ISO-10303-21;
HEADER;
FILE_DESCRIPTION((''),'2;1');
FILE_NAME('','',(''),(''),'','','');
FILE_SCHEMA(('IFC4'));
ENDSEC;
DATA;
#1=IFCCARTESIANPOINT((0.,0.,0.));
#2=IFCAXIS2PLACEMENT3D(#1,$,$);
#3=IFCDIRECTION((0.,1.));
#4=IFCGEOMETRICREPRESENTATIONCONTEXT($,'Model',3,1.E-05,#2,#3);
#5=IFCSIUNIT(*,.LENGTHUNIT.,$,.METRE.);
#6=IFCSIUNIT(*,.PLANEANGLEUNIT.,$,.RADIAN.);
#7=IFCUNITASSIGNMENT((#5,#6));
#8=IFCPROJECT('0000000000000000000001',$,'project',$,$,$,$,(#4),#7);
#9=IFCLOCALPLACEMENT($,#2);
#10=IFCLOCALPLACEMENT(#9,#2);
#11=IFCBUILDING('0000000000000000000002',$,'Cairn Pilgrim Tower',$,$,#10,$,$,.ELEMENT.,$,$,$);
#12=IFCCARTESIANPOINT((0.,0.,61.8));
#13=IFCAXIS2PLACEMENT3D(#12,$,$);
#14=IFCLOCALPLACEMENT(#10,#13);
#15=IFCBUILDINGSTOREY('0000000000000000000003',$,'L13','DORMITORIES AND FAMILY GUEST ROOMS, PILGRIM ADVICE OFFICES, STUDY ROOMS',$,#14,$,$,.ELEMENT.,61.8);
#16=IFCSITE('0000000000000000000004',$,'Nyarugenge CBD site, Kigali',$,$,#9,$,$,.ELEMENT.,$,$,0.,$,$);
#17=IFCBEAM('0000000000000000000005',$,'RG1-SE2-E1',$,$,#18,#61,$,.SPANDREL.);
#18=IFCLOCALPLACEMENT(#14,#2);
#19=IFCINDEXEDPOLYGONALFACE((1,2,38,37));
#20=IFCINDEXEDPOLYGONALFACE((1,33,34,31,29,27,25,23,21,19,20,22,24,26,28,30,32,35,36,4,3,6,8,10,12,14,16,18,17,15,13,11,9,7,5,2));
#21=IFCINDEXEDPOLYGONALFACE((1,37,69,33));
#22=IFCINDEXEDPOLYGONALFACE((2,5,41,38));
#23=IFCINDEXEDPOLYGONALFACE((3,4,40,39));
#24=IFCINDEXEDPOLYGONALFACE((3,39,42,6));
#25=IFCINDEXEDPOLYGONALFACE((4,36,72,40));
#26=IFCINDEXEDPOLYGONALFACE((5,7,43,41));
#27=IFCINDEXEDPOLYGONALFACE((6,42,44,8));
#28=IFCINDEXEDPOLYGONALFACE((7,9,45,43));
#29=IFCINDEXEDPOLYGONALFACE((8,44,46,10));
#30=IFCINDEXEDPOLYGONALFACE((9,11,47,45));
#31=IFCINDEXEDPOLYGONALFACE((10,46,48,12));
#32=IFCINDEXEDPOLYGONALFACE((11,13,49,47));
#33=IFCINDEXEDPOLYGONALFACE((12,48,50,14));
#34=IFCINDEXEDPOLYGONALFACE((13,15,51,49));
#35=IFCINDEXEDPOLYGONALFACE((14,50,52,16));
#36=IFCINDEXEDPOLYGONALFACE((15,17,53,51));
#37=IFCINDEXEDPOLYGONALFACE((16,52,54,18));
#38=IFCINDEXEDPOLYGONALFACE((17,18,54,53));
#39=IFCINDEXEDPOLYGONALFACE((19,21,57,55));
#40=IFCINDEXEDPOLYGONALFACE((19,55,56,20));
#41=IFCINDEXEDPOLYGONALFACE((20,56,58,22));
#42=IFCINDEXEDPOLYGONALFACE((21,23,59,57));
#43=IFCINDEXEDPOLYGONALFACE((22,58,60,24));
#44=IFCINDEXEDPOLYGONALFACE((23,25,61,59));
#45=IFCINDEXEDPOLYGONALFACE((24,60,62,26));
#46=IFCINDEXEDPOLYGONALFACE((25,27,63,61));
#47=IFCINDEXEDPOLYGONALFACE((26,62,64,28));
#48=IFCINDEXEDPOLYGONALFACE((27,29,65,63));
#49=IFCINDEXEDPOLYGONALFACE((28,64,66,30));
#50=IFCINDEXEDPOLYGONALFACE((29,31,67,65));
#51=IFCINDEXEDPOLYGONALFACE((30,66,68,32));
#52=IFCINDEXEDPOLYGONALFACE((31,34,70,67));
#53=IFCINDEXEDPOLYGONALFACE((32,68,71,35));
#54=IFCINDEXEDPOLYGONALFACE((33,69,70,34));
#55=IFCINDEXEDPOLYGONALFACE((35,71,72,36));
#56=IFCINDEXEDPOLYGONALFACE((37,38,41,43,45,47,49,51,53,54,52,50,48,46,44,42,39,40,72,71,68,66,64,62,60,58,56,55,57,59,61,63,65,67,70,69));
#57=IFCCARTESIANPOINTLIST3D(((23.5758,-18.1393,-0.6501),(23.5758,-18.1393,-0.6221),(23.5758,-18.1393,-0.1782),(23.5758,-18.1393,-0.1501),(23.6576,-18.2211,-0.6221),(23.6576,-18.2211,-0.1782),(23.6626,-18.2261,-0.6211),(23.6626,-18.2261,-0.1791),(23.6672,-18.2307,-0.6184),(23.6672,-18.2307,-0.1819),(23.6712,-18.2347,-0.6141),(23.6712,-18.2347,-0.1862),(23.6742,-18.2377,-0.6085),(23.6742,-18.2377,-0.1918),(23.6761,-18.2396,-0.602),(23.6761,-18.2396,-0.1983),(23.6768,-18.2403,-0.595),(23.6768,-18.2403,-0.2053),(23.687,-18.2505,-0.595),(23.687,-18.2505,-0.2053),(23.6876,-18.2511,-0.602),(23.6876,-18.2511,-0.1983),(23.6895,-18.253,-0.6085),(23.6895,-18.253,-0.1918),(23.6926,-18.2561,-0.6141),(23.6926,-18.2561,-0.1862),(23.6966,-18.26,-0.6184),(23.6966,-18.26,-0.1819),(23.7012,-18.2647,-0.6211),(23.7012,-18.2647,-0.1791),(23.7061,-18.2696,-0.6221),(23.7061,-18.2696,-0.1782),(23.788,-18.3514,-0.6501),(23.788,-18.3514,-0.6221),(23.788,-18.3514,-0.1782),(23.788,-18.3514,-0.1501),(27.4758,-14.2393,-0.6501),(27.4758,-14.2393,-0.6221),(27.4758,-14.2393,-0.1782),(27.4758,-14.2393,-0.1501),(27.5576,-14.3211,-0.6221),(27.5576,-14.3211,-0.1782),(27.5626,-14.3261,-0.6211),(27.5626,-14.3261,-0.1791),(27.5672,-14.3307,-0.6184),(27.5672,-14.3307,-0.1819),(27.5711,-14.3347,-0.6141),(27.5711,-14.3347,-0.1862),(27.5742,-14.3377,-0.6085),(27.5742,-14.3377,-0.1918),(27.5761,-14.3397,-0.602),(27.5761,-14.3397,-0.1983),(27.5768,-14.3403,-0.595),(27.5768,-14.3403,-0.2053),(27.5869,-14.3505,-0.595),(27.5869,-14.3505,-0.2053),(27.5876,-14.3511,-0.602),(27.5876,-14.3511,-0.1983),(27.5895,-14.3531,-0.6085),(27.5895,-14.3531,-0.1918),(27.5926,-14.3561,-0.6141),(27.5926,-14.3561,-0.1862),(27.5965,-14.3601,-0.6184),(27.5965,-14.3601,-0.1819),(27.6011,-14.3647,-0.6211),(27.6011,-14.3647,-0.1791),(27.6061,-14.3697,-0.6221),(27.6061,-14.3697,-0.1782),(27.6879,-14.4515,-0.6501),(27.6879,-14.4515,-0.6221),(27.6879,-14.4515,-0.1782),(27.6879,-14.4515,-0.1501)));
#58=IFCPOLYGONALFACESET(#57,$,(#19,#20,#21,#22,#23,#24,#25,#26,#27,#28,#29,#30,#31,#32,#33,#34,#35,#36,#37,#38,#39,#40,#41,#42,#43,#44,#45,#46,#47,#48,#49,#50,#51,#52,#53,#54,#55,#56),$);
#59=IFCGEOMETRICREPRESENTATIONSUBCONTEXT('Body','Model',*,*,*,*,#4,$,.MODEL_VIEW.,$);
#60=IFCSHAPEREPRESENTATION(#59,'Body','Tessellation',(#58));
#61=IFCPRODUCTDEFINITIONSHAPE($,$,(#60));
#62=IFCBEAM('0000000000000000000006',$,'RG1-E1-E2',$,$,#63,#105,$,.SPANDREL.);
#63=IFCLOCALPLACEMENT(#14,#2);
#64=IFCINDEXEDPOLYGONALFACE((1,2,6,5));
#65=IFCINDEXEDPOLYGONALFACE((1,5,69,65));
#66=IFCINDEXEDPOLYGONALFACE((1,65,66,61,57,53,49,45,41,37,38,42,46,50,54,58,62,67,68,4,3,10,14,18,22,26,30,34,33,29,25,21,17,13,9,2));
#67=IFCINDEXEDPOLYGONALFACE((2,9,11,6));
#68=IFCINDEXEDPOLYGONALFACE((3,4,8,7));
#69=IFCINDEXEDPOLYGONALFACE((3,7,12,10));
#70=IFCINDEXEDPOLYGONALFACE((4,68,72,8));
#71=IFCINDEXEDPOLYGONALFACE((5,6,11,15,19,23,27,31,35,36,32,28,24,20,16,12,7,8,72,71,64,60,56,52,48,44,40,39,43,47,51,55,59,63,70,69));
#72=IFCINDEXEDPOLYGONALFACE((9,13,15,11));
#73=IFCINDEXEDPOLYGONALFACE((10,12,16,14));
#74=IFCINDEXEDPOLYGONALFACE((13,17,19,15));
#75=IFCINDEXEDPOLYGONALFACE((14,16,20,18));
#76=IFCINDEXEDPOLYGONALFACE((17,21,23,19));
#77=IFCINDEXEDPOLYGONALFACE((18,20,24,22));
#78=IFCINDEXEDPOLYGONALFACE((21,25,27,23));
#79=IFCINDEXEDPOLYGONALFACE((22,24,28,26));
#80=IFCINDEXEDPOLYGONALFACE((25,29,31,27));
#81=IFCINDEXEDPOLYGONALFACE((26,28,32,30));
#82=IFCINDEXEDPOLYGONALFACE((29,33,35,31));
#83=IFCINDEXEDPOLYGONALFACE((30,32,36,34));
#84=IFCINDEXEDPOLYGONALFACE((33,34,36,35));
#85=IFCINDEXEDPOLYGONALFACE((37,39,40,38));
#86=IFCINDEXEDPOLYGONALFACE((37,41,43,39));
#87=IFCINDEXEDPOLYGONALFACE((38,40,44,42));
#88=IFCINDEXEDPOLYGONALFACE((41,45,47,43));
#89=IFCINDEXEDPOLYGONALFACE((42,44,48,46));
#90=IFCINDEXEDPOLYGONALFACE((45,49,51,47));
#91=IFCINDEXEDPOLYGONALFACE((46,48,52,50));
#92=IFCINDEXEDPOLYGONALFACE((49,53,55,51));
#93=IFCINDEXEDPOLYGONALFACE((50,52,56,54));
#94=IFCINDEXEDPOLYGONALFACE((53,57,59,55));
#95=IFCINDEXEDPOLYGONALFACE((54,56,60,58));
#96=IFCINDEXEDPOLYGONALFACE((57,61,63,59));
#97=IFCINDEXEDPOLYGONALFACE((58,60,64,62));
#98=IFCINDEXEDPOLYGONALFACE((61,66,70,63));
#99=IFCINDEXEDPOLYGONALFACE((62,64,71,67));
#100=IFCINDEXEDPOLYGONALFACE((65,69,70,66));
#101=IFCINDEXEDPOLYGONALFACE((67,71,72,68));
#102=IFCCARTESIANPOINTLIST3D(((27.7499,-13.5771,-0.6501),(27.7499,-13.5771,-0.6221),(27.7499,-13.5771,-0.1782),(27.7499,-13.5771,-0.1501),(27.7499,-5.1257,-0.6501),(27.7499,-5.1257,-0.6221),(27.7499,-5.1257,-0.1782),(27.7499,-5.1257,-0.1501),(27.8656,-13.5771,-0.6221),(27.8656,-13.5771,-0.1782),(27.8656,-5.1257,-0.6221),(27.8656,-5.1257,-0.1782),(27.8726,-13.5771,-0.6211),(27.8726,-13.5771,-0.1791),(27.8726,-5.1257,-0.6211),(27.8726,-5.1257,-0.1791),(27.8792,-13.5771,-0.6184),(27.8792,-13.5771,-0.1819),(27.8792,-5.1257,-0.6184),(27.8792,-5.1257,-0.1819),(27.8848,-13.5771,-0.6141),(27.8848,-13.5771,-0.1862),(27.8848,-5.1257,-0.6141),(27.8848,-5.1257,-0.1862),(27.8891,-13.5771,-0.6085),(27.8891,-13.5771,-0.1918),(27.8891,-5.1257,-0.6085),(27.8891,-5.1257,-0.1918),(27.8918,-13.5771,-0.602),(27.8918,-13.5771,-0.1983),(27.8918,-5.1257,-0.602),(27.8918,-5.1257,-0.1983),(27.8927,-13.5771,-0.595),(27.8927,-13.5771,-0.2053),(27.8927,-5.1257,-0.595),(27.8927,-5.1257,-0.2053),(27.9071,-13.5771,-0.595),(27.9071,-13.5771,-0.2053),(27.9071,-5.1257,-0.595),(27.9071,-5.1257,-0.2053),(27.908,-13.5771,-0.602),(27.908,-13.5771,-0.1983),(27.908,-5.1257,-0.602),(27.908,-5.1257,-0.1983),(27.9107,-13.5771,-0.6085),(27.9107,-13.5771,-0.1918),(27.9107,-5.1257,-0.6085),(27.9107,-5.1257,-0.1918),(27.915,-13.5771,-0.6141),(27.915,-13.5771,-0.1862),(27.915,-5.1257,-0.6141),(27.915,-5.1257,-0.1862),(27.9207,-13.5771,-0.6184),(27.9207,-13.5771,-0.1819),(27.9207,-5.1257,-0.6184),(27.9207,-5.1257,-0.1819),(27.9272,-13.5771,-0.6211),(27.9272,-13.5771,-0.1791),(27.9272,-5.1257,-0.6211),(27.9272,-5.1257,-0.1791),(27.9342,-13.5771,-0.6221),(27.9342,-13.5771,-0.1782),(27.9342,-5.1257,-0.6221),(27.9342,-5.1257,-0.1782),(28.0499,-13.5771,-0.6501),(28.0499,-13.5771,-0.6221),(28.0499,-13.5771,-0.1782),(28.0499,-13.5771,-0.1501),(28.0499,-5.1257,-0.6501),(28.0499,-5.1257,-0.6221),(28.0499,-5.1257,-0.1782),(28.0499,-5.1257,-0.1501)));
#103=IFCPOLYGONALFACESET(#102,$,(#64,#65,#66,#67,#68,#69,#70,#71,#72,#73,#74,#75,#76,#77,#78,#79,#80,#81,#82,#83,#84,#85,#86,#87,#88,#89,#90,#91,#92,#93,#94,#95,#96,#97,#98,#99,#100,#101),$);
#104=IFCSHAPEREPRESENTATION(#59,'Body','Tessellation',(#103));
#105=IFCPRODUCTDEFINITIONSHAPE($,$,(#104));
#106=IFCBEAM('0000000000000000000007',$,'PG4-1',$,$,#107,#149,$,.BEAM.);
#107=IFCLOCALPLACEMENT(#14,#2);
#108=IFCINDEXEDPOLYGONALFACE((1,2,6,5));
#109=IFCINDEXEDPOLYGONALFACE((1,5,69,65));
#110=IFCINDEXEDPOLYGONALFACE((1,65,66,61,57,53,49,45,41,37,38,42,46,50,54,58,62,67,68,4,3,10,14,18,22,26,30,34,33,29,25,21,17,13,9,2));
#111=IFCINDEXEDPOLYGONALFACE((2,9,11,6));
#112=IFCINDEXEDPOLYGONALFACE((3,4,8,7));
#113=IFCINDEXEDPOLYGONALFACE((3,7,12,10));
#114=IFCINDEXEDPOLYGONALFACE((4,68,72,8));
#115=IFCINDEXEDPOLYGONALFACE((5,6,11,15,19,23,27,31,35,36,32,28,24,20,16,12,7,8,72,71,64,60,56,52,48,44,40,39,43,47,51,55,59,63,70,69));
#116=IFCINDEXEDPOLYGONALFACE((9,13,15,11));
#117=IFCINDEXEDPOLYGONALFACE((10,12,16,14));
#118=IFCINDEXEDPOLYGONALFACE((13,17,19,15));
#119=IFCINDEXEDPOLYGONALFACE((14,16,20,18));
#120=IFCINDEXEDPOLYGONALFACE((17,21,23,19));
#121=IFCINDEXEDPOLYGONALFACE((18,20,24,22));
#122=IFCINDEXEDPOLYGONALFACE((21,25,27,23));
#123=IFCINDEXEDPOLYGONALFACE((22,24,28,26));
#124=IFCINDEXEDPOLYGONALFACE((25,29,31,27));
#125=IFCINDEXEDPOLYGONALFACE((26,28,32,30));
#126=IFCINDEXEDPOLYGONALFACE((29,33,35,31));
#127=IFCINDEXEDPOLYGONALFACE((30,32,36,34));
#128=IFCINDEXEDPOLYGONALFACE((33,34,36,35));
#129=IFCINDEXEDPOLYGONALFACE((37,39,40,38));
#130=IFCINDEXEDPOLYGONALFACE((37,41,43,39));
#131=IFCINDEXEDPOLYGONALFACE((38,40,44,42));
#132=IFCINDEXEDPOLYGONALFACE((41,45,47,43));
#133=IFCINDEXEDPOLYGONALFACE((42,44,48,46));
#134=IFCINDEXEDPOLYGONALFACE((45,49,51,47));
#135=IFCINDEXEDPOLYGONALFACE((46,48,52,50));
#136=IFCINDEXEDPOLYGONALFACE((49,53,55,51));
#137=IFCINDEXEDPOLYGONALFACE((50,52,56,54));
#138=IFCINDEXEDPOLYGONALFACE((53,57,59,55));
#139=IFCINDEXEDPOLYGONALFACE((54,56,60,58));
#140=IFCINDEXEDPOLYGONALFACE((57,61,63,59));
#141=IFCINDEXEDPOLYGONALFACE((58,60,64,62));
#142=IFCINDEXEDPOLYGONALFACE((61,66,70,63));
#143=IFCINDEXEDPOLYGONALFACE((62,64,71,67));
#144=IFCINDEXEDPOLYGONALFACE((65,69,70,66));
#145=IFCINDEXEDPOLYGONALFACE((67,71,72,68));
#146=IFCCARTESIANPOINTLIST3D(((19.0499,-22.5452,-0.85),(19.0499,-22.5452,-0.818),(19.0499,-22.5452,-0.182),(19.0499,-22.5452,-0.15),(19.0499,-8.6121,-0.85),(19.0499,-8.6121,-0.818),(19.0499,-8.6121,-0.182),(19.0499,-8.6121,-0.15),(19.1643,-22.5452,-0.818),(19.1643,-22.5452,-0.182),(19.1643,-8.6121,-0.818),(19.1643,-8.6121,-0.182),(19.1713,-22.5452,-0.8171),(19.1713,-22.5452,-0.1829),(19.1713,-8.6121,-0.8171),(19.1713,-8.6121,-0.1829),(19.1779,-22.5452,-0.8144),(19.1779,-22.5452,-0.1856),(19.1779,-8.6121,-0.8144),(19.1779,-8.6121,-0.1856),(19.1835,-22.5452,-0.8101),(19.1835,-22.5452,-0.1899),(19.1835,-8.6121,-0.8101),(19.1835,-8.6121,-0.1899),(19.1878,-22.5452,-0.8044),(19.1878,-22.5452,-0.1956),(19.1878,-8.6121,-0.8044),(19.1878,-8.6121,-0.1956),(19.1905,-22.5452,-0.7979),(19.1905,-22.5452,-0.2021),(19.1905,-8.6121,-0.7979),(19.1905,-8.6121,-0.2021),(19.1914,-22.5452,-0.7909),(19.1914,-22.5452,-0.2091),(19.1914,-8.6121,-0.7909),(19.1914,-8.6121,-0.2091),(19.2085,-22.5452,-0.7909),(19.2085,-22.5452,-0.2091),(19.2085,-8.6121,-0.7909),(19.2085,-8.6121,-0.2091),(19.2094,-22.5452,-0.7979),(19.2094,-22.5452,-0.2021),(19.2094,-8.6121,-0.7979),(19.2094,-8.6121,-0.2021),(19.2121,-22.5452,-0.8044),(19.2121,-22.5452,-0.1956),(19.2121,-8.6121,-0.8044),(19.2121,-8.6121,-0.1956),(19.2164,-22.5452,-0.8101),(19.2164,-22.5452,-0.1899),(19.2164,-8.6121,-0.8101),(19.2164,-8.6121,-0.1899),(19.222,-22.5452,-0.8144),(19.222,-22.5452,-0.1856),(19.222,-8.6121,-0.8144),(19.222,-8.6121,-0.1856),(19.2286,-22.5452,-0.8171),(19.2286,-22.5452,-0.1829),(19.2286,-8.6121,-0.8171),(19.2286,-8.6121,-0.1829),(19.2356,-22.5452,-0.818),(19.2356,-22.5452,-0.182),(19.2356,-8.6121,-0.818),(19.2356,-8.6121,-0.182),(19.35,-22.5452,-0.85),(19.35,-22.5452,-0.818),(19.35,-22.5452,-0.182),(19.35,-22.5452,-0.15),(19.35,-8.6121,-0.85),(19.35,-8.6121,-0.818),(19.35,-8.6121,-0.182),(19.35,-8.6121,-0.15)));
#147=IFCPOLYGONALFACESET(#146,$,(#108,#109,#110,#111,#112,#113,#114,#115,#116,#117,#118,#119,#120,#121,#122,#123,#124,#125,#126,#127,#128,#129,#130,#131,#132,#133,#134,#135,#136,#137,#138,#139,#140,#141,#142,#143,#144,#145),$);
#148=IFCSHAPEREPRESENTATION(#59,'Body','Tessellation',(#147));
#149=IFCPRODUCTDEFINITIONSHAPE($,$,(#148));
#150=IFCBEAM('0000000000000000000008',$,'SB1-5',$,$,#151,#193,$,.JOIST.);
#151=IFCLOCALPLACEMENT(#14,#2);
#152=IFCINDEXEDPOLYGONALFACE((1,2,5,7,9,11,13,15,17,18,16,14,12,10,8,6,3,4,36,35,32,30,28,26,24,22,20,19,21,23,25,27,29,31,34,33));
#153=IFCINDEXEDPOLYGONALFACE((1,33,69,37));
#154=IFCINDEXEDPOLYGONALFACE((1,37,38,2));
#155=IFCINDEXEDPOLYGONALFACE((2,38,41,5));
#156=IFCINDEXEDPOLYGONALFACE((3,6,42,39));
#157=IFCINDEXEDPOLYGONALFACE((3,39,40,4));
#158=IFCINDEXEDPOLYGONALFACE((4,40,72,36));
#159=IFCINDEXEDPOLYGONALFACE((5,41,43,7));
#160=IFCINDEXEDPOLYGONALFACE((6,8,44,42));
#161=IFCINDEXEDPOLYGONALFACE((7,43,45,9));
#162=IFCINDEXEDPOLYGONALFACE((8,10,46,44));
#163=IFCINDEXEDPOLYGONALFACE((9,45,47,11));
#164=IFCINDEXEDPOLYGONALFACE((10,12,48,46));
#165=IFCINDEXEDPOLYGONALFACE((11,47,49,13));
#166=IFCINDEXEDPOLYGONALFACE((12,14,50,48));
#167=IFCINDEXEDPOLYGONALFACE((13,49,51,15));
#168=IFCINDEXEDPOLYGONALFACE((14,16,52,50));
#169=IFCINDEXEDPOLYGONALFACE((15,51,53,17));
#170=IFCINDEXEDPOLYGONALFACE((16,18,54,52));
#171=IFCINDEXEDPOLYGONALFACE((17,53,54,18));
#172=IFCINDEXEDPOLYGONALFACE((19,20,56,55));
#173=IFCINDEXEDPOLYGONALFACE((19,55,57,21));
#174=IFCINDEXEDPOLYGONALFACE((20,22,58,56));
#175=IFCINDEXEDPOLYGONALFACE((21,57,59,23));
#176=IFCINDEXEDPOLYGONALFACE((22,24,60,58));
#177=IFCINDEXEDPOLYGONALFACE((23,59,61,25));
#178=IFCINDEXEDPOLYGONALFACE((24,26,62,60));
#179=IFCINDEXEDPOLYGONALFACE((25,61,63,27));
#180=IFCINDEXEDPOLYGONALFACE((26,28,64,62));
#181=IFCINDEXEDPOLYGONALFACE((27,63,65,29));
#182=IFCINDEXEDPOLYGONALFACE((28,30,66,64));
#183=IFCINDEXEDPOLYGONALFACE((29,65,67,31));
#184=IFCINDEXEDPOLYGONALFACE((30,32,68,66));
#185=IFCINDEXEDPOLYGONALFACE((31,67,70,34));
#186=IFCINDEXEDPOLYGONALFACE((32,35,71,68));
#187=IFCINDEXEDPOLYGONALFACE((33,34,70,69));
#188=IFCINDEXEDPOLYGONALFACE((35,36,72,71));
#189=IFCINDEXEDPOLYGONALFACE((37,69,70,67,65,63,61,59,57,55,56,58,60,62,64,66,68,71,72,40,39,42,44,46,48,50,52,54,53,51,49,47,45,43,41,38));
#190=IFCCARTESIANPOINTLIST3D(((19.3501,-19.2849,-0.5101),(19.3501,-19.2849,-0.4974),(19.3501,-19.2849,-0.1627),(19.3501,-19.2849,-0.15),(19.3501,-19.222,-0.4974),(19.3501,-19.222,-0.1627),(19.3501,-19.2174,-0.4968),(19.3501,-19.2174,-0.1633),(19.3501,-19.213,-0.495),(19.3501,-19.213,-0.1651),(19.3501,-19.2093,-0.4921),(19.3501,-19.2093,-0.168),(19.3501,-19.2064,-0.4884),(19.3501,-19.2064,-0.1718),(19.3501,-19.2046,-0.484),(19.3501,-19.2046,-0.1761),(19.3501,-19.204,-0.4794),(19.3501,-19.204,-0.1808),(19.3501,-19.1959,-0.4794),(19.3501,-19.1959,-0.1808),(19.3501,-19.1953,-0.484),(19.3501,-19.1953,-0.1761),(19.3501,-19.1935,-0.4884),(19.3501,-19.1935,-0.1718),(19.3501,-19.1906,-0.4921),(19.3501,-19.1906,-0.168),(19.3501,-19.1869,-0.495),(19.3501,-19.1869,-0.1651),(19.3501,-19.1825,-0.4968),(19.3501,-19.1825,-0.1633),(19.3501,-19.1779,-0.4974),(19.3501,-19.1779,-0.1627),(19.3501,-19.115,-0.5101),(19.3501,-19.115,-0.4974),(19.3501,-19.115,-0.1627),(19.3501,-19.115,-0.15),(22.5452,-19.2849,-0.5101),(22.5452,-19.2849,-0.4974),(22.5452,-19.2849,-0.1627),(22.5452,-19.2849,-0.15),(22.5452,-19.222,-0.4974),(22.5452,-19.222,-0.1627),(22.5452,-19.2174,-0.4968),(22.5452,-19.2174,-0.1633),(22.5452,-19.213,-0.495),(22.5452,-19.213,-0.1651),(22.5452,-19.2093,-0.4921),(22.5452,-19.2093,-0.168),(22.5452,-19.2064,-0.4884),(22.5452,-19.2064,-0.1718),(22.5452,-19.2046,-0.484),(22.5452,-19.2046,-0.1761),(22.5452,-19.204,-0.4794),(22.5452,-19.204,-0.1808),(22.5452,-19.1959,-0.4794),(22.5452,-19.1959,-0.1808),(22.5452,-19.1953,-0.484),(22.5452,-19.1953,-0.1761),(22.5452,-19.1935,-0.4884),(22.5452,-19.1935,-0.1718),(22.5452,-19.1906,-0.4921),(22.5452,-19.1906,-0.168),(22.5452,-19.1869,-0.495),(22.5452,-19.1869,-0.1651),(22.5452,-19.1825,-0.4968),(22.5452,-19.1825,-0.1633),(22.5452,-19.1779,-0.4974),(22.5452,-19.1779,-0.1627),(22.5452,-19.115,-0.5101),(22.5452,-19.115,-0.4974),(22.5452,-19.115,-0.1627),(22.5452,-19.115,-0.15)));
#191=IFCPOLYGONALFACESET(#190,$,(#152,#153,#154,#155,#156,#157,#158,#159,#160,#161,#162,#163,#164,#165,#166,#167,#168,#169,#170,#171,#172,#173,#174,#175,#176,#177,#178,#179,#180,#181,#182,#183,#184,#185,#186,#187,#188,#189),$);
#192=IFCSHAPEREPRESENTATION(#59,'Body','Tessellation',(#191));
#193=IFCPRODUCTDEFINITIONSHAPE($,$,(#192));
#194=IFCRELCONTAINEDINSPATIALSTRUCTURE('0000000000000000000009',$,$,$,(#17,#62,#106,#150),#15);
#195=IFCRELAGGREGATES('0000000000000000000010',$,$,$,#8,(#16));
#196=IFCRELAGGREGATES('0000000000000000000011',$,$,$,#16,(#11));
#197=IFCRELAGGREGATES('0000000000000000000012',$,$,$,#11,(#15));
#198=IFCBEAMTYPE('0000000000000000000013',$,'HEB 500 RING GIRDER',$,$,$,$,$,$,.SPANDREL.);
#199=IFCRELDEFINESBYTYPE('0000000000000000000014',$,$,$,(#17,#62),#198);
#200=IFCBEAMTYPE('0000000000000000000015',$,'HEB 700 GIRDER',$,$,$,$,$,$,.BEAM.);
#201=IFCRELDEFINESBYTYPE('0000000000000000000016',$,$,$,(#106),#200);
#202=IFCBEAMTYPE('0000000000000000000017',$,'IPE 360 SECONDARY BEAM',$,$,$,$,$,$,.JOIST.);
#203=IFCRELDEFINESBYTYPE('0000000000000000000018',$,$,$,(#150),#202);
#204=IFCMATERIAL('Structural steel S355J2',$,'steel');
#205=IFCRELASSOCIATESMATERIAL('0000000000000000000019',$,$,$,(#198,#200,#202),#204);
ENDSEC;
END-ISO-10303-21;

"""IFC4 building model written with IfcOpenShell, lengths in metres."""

from ifc_helpers import new_model, si_unit, direction, frame, origin, origin_2d, place, context, subcontext, project, spatial, i_section, extrude, material, material_profile, profile_set, type_object, element, save


model = new_model("IFC4")

# Units and contexts
model_context = context("Model", 3, precision=1e-05, world=origin(), true_north=direction((0.0, 1.0)))
body_context = subcontext(model_context, "Body", "Model", "MODEL_VIEW")
ifc_project = project(units=[si_unit("LENGTHUNIT", "METRE"), si_unit("PLANEANGLEUNIT", "RADIAN")], contexts=[model_context])

# Site, building, storey
site_placement = place(None, origin())
site = spatial("IfcSite", under=ifc_project, at=site_placement, Name="Nyarugenge CBD site, Kigali", CompositionType="ELEMENT", RefElevation=0.0)
building_placement = place(site_placement, origin())
building = spatial("IfcBuilding", under=site, at=building_placement, Name="Cairn Pilgrim Tower", CompositionType="ELEMENT")
storey_placement = place(building_placement, frame((0.0, 0.0, 61.8)))
storey = spatial("IfcBuildingStorey", under=building, at=storey_placement, Name="L13", Description="DORMITORIES AND FAMILY GUEST ROOMS, PILGRIM ADVICE OFFICES, STUDY ROOMS", CompositionType="ELEMENT", Elevation=61.8)

# Shared definitions
ifc_material_1 = material(Name="Structural steel S355J2", Category="steel")

# Beams
ifc_material_profile_1 = material_profile(ifc_material_1, i_section(OverallWidth=0.3, OverallDepth=0.5, WebThickness=0.0144, FlangeThickness=0.0281, FilletRadius=0.0271, at=origin_2d()), Name="HEB 500")
ifc_profile_set_1 = profile_set([ifc_material_profile_1], Name="Structural steel S355J2")
beam_type_1 = type_object("IfcBeamType", Name="HEB 500 RING GIRDER", PredefinedType="SPANDREL", material=ifc_profile_set_1)
beam_1_placement = place(storey_placement, frame((23.6819, -18.2454, -0.4001), z_axis=(0.707107, 0.707107, 0.0), x_axis=(-0.707107, 0.707107, 0.0)))
element("IfcBeam", 1, at=beam_1_placement, inside=storey, type_object=beam_type_1, Name="RG1-SE2-E1", PredefinedType="SPANDREL", context=body_context, shape_type="SweptSolid", body=[
    extrude(i_section(OverallWidth=0.3, OverallDepth=0.5, WebThickness=0.0144, FlangeThickness=0.0281, FilletRadius=0.0271, at=origin_2d()), origin(), (0.0, 0.0, 1.0), 5.5154),
])
beam_2_placement = place(storey_placement, frame((27.8999, -13.5771, -0.4001), z_axis=(0.0, 1.0, 0.0), x_axis=(-1.0, 0.0, 0.0)))
element("IfcBeam", 2, at=beam_2_placement, inside=storey, type_object=beam_type_1, Name="RG1-E1-E2", PredefinedType="SPANDREL", context=body_context, shape_type="SweptSolid", body=[
    extrude(i_section(OverallWidth=0.3, OverallDepth=0.5, WebThickness=0.0144, FlangeThickness=0.0281, FilletRadius=0.0271, at=origin_2d()), origin(), (0.0, 0.0, 1.0), 8.4514),
])
ifc_material_profile_2 = material_profile(ifc_material_1, i_section(OverallWidth=0.3, OverallDepth=0.7, WebThickness=0.0171, FlangeThickness=0.032, FilletRadius=0.0271, at=origin_2d()), Name="HEB 700")
ifc_profile_set_2 = profile_set([ifc_material_profile_2], Name="Structural steel S355J2")
beam_type_2 = type_object("IfcBeamType", Name="HEB 700 GIRDER", PredefinedType="BEAM", material=ifc_profile_set_2)
beam_3_placement = place(storey_placement, frame((19.2, -22.5452, -0.5), z_axis=(0.0, 1.0, 0.0), x_axis=(-1.0, 0.0, 0.0)))
element("IfcBeam", 3, at=beam_3_placement, inside=storey, type_object=beam_type_2, Name="PG4-1", PredefinedType="BEAM", context=body_context, shape_type="SweptSolid", body=[
    extrude(i_section(OverallWidth=0.3, OverallDepth=0.7, WebThickness=0.0171, FlangeThickness=0.032, FilletRadius=0.0271, at=origin_2d()), origin(), (0.0, 0.0, 1.0), 13.9331),
])
ifc_material_profile_3 = material_profile(ifc_material_1, i_section(OverallWidth=0.1699, OverallDepth=0.3601, WebThickness=0.0081, FlangeThickness=0.0127, FilletRadius=0.0181, at=origin_2d()), Name="IPE 360")
ifc_profile_set_3 = profile_set([ifc_material_profile_3], Name="Structural steel S355J2")
beam_type_3 = type_object("IfcBeamType", Name="IPE 360 SECONDARY BEAM", PredefinedType="JOIST", material=ifc_profile_set_3)
beam_4_placement = place(storey_placement, frame((19.3501, -19.2, -0.3301), z_axis=(1.0, 0.0, 0.0), x_axis=(0.0, 1.0, 0.0)))
element("IfcBeam", 4, at=beam_4_placement, inside=storey, type_object=beam_type_3, Name="SB1-5", PredefinedType="JOIST", context=body_context, shape_type="SweptSolid", body=[
    extrude(i_section(OverallWidth=0.1699, OverallDepth=0.3601, WebThickness=0.0081, FlangeThickness=0.0127, FilletRadius=0.0181, at=origin_2d()), origin(), (0.0, 0.0, 1.0), 3.1951),
])

save(model, "model.ifc")
